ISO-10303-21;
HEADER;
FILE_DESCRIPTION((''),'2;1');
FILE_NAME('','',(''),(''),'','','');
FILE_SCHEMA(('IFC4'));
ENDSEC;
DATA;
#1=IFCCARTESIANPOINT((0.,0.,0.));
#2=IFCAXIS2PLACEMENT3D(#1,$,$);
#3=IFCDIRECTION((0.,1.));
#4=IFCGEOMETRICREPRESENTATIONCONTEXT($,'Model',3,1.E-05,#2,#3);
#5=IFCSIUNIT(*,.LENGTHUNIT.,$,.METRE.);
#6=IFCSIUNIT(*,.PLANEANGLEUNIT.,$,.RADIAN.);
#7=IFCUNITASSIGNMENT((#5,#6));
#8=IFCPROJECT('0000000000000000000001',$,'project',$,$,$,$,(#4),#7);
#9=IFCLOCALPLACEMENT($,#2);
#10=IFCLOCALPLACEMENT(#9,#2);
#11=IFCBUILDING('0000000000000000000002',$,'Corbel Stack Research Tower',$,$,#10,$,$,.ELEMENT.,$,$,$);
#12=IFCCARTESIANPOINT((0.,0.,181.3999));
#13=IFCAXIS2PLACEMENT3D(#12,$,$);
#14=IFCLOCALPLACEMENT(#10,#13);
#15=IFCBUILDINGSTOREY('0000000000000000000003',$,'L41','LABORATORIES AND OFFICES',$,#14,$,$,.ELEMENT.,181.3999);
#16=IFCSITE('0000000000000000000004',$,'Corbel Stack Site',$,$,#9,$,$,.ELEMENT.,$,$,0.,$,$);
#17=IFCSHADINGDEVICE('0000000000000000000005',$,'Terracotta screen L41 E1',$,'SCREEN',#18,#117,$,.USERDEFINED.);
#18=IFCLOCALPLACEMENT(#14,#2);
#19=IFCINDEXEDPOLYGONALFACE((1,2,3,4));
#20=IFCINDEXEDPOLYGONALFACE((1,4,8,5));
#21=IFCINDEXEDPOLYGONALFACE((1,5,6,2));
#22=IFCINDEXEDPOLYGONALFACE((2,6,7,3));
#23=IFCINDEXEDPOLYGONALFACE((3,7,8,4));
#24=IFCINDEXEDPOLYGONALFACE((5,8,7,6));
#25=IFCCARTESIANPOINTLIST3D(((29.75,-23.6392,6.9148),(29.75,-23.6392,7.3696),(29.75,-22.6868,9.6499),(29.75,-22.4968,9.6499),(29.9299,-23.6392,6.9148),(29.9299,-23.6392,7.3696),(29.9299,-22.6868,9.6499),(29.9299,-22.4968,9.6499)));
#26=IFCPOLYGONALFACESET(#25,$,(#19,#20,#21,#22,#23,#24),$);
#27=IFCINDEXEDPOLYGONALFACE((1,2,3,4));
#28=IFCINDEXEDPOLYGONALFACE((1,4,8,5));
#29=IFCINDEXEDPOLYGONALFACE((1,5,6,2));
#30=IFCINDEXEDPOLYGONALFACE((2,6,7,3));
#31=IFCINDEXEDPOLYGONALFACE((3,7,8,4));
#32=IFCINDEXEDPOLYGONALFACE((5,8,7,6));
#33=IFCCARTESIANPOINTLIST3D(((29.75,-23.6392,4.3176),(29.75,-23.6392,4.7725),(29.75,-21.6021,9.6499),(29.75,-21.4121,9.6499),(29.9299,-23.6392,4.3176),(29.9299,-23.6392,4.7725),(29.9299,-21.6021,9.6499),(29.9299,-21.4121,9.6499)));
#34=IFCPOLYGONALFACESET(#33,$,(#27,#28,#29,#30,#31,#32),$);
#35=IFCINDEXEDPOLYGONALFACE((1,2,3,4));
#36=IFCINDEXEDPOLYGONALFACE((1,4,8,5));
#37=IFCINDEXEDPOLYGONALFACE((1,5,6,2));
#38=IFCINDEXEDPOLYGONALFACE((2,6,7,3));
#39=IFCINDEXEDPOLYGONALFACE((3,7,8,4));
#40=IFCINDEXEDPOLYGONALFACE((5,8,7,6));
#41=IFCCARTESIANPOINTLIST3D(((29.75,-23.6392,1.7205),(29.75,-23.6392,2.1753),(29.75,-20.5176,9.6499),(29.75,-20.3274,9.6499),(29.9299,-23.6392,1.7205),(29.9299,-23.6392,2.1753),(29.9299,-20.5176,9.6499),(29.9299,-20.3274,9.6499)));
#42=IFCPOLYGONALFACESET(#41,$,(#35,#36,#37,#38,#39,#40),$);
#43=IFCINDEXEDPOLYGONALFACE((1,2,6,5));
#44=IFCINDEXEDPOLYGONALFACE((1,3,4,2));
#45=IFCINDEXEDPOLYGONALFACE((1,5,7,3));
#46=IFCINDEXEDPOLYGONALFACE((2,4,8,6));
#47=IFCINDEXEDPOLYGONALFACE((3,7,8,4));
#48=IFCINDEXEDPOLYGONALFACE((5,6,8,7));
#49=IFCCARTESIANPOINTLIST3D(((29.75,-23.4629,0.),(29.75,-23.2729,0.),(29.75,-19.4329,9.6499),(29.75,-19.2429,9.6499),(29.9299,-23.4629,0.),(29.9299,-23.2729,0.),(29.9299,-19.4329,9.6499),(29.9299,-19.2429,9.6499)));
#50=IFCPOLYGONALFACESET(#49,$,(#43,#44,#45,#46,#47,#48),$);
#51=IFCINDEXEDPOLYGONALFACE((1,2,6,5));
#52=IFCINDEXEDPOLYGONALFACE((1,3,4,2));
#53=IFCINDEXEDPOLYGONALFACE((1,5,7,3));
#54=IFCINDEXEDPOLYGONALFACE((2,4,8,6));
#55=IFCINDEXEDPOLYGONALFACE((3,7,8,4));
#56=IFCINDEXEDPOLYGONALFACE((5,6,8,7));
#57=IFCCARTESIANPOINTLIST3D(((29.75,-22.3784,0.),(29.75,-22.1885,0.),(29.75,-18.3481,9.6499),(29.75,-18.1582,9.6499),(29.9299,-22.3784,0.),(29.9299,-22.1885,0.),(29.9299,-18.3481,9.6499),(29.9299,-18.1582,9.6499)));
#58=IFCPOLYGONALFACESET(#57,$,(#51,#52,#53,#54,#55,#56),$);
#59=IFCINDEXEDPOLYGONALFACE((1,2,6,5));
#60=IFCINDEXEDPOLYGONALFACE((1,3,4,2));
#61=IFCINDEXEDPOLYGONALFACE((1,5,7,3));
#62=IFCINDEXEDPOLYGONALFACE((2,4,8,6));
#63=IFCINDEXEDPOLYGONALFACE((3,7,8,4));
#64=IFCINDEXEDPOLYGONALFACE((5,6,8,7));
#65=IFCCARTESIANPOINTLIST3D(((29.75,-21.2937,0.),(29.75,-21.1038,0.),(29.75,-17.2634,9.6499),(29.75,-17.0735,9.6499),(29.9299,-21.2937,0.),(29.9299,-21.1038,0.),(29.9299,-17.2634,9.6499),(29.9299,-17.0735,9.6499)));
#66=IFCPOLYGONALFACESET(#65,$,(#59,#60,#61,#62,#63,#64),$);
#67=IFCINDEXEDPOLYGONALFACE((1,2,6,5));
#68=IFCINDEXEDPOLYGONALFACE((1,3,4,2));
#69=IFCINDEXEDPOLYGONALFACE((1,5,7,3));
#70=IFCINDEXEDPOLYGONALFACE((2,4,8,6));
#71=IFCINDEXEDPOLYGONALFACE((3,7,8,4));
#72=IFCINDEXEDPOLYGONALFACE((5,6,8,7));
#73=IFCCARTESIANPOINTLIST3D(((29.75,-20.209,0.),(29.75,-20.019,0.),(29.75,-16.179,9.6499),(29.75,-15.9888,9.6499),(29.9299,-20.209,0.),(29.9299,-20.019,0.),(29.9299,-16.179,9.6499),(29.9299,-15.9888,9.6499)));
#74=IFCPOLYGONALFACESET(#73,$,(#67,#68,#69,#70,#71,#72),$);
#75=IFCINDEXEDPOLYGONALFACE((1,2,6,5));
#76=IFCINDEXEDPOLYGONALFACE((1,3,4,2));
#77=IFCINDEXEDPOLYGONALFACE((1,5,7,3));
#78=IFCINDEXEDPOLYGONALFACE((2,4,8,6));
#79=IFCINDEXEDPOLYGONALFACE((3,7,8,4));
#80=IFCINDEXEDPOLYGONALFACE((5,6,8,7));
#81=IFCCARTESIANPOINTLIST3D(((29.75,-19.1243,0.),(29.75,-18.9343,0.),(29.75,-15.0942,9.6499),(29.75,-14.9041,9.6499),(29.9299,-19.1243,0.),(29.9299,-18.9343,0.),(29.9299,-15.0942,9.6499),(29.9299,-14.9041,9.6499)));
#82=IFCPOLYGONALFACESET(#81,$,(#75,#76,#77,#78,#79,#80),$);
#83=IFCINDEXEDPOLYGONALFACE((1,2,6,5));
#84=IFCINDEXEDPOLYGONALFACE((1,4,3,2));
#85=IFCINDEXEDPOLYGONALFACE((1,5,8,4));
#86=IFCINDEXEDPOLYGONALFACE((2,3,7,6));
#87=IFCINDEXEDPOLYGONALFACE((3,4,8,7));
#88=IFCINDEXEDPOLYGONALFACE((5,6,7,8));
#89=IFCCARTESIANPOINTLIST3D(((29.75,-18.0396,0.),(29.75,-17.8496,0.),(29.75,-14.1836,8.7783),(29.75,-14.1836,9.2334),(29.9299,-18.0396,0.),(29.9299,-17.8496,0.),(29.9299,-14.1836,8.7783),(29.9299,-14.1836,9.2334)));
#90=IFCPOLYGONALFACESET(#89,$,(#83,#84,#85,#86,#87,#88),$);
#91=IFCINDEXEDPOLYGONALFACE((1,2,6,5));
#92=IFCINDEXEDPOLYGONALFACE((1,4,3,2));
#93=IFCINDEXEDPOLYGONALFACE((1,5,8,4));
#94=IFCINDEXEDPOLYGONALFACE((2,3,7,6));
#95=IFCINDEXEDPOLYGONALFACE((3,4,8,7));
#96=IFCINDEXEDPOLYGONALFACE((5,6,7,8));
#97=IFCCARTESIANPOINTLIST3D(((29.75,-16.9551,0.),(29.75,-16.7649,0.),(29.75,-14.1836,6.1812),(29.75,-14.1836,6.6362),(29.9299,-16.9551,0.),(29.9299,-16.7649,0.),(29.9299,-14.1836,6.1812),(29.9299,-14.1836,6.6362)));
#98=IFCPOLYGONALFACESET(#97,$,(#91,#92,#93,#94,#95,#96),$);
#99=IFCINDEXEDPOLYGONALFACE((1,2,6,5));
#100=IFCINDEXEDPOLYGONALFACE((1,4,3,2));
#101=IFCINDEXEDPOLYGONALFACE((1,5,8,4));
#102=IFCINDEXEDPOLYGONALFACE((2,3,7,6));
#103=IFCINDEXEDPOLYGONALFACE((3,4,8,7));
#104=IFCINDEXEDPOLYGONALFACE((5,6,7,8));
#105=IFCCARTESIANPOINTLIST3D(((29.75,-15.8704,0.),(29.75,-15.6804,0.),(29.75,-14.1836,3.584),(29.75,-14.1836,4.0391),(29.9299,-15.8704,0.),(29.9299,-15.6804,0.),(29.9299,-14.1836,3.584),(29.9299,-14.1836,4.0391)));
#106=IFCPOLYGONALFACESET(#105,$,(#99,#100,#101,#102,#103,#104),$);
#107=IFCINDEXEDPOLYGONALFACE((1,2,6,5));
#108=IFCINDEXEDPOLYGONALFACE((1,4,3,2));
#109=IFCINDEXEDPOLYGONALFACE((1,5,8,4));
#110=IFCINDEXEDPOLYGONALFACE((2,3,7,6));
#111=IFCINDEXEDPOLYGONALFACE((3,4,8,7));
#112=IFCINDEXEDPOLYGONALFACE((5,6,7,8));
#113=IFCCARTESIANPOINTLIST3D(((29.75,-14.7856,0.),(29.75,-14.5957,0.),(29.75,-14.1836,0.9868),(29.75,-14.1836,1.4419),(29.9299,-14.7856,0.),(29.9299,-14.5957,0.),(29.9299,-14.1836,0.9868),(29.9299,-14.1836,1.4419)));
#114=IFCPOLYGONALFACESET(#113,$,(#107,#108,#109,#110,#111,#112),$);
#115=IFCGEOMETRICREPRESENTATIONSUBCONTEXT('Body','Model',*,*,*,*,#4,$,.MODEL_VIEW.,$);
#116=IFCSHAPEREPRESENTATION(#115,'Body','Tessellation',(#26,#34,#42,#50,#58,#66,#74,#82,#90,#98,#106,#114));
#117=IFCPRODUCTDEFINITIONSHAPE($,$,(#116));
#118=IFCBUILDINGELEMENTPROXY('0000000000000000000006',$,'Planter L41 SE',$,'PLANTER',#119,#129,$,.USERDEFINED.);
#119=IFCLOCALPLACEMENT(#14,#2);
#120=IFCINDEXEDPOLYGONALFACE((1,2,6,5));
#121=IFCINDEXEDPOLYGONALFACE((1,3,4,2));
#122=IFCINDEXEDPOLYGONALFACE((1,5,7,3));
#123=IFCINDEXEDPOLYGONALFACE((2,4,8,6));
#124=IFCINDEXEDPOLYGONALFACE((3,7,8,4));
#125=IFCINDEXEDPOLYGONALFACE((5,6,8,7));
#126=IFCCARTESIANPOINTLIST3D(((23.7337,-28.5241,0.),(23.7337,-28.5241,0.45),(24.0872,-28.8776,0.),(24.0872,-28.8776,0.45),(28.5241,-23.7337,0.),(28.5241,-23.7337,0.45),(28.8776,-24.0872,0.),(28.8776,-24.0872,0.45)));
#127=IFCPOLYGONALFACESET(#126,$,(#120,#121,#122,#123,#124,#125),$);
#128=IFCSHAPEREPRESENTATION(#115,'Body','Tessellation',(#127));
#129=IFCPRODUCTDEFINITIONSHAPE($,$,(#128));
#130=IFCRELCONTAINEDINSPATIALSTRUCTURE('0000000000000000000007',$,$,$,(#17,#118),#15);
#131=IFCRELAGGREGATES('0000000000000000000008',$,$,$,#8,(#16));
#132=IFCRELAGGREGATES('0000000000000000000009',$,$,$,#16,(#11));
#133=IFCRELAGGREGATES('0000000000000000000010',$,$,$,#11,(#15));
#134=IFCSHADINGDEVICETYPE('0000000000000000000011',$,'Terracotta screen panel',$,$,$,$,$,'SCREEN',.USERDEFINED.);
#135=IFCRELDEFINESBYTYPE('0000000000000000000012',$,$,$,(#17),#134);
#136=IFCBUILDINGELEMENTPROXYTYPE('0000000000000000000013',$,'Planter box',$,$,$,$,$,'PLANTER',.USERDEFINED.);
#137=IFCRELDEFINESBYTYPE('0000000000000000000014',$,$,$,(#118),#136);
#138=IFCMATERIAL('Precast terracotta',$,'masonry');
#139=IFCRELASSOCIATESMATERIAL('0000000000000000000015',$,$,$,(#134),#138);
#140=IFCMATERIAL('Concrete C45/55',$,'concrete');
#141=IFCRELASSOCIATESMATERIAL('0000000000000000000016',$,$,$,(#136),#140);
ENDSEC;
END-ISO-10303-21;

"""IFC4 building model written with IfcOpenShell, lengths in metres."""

from ifc_helpers import new_model, si_unit, direction, frame, origin, origin_2d, place, context, subcontext, project, spatial, polyline, rectangle, outline, extrude, source, transform, mapped, material, type_object, element, save


model = new_model("IFC4")

# Units and contexts
model_context = context("Model", 3, precision=1e-05, world=origin(), true_north=direction((0.0, 1.0)))
body_context = subcontext(model_context, "Body", "Model", "MODEL_VIEW")
ifc_project = project(units=[si_unit("LENGTHUNIT", "METRE"), si_unit("PLANEANGLEUNIT", "RADIAN")], contexts=[model_context])

# Site, building, storey
site_placement = place(None, origin())
site = spatial("IfcSite", under=ifc_project, at=site_placement, Name="Corbel Stack Site", CompositionType="ELEMENT", RefElevation=0.0)
building_placement = place(site_placement, origin())
building = spatial("IfcBuilding", under=site, at=building_placement, Name="Corbel Stack Research Tower", CompositionType="ELEMENT")
storey_placement = place(building_placement, frame((0.0, 0.0, 181.3999)))
storey = spatial("IfcBuildingStorey", under=building, at=storey_placement, Name="L41", Description="LABORATORIES AND OFFICES", CompositionType="ELEMENT", Elevation=181.3999)

# Shading device
ifc_material_1 = material(Name="Precast terracotta", Category="masonry")
shading_device_type = type_object("IfcShadingDeviceType", Name="Terracotta screen panel", ElementType="SCREEN", PredefinedType="USERDEFINED", material=ifc_material_1)
shared_shape_1 = source(origin(), body_context, "Body", "SweptSolid", [
    extrude(outline(polyline([(1.1423, 9.6499), (0.9524, 9.6499), (0.0, 7.3696), (0.0, 6.9148), (1.1423, 9.6499)])), frame((0.0, 0.0, 0.0), z_axis=(0.0, -1.0, 0.0), x_axis=(1.0, 0.0, 0.0)), (0.0, 0.0, 1.0), 0.1799),
    extrude(outline(polyline([(2.2271, 9.6499), (2.0371, 9.6499), (0.0, 4.7725), (0.0, 4.3176), (2.2271, 9.6499)])), frame((0.0, 0.0, 0.0), z_axis=(0.0, -1.0, 0.0), x_axis=(1.0, 0.0, 0.0)), (0.0, 0.0, 1.0), 0.1799),
    extrude(outline(polyline([(3.3118, 9.6499), (3.1216, 9.6499), (0.0, 2.1753), (0.0, 1.7205), (3.3118, 9.6499)])), frame((0.0, 0.0, 0.0), z_axis=(0.0, -1.0, 0.0), x_axis=(1.0, 0.0, 0.0)), (0.0, 0.0, 1.0), 0.1799),
    extrude(outline(polyline([(0.3662, 0.0), (4.3962, 9.6499), (4.2063, 9.6499), (0.1763, 0.0), (0.3662, 0.0)])), frame((0.0, 0.0, 0.0), z_axis=(0.0, -1.0, 0.0), x_axis=(1.0, 0.0, 0.0)), (0.0, 0.0, 1.0), 0.1799),
    extrude(outline(polyline([(1.4507, 0.0), (5.481, 9.6499), (5.291, 9.6499), (1.2607, 0.0), (1.4507, 0.0)])), frame((0.0, 0.0, 0.0), z_axis=(0.0, -1.0, 0.0), x_axis=(1.0, 0.0, 0.0)), (0.0, 0.0, 1.0), 0.1799),
    extrude(outline(polyline([(2.5354, 0.0), (6.5657, 9.6499), (6.3757, 9.6499), (2.3455, 0.0), (2.5354, 0.0)])), frame((0.0, 0.0, 0.0), z_axis=(0.0, -1.0, 0.0), x_axis=(1.0, 0.0, 0.0)), (0.0, 0.0, 1.0), 0.1799),
    extrude(outline(polyline([(3.6201, 0.0), (7.6504, 9.6499), (7.4602, 9.6499), (3.4302, 0.0), (3.6201, 0.0)])), frame((0.0, 0.0, 0.0), z_axis=(0.0, -1.0, 0.0), x_axis=(1.0, 0.0, 0.0)), (0.0, 0.0, 1.0), 0.1799),
    extrude(outline(polyline([(4.7048, 0.0), (8.7351, 9.6499), (8.5449, 9.6499), (4.5149, 0.0), (4.7048, 0.0)])), frame((0.0, 0.0, 0.0), z_axis=(0.0, -1.0, 0.0), x_axis=(1.0, 0.0, 0.0)), (0.0, 0.0, 1.0), 0.1799),
    extrude(outline(polyline([(5.7896, 0.0), (9.4556, 8.7783), (9.4556, 9.2334), (5.5996, 0.0), (5.7896, 0.0)])), frame((0.0, 0.0, 0.0), z_axis=(0.0, -1.0, 0.0), x_axis=(1.0, 0.0, 0.0)), (0.0, 0.0, 1.0), 0.1799),
    extrude(outline(polyline([(6.8743, 0.0), (9.4556, 6.1812), (9.4556, 6.6362), (6.6841, 0.0), (6.8743, 0.0)])), frame((0.0, 0.0, 0.0), z_axis=(0.0, -1.0, 0.0), x_axis=(1.0, 0.0, 0.0)), (0.0, 0.0, 1.0), 0.1799),
    extrude(outline(polyline([(7.9587, 0.0), (9.4556, 3.584), (9.4556, 4.0391), (7.7688, 0.0), (7.9587, 0.0)])), frame((0.0, 0.0, 0.0), z_axis=(0.0, -1.0, 0.0), x_axis=(1.0, 0.0, 0.0)), (0.0, 0.0, 1.0), 0.1799),
    extrude(outline(polyline([(9.0435, 0.0), (9.4556, 0.9868), (9.4556, 1.4419), (8.8535, 0.0), (9.0435, 0.0)])), frame((0.0, 0.0, 0.0), z_axis=(0.0, -1.0, 0.0), x_axis=(1.0, 0.0, 0.0)), (0.0, 0.0, 1.0), 0.1799),
])
shading_device_1_placement = place(storey_placement, frame((29.75, -23.6392, 0.0), z_axis=(0.0, 0.0, 1.0), x_axis=(0.0, 1.0, 0.0)))
element("IfcShadingDevice", 1, at=shading_device_1_placement, inside=storey, type_object=shading_device_type, Name="Terracotta screen L41 E1", ObjectType="SCREEN", PredefinedType="USERDEFINED", context=body_context, shape_type="MappedRepresentation", body=[
    mapped(shared_shape_1, transform((0.0, 0.0, 0.0))),
])

# Building element proxy
ifc_material_2 = material(Name="Concrete C45/55", Category="concrete")
building_element_proxy_type = type_object("IfcBuildingElementProxyType", Name="Planter box", ElementType="PLANTER", PredefinedType="USERDEFINED", material=ifc_material_2)
proxy_placement = place(storey_placement, frame((26.3057, -26.3057, 0.0), z_axis=(0.0, 0.0, 1.0), x_axis=(0.707107, 0.707107, 0.0)))
element("IfcBuildingElementProxy", 2, at=proxy_placement, inside=storey, type_object=building_element_proxy_type, Name="Planter L41 SE", ObjectType="PLANTER", PredefinedType="USERDEFINED", context=body_context, shape_type="SweptSolid", body=[
    extrude(rectangle(XDim=6.7747, YDim=0.5, at=origin_2d()), origin(), (0.0, 0.0, 1.0), 0.45),
])

save(model, "model.ifc")
